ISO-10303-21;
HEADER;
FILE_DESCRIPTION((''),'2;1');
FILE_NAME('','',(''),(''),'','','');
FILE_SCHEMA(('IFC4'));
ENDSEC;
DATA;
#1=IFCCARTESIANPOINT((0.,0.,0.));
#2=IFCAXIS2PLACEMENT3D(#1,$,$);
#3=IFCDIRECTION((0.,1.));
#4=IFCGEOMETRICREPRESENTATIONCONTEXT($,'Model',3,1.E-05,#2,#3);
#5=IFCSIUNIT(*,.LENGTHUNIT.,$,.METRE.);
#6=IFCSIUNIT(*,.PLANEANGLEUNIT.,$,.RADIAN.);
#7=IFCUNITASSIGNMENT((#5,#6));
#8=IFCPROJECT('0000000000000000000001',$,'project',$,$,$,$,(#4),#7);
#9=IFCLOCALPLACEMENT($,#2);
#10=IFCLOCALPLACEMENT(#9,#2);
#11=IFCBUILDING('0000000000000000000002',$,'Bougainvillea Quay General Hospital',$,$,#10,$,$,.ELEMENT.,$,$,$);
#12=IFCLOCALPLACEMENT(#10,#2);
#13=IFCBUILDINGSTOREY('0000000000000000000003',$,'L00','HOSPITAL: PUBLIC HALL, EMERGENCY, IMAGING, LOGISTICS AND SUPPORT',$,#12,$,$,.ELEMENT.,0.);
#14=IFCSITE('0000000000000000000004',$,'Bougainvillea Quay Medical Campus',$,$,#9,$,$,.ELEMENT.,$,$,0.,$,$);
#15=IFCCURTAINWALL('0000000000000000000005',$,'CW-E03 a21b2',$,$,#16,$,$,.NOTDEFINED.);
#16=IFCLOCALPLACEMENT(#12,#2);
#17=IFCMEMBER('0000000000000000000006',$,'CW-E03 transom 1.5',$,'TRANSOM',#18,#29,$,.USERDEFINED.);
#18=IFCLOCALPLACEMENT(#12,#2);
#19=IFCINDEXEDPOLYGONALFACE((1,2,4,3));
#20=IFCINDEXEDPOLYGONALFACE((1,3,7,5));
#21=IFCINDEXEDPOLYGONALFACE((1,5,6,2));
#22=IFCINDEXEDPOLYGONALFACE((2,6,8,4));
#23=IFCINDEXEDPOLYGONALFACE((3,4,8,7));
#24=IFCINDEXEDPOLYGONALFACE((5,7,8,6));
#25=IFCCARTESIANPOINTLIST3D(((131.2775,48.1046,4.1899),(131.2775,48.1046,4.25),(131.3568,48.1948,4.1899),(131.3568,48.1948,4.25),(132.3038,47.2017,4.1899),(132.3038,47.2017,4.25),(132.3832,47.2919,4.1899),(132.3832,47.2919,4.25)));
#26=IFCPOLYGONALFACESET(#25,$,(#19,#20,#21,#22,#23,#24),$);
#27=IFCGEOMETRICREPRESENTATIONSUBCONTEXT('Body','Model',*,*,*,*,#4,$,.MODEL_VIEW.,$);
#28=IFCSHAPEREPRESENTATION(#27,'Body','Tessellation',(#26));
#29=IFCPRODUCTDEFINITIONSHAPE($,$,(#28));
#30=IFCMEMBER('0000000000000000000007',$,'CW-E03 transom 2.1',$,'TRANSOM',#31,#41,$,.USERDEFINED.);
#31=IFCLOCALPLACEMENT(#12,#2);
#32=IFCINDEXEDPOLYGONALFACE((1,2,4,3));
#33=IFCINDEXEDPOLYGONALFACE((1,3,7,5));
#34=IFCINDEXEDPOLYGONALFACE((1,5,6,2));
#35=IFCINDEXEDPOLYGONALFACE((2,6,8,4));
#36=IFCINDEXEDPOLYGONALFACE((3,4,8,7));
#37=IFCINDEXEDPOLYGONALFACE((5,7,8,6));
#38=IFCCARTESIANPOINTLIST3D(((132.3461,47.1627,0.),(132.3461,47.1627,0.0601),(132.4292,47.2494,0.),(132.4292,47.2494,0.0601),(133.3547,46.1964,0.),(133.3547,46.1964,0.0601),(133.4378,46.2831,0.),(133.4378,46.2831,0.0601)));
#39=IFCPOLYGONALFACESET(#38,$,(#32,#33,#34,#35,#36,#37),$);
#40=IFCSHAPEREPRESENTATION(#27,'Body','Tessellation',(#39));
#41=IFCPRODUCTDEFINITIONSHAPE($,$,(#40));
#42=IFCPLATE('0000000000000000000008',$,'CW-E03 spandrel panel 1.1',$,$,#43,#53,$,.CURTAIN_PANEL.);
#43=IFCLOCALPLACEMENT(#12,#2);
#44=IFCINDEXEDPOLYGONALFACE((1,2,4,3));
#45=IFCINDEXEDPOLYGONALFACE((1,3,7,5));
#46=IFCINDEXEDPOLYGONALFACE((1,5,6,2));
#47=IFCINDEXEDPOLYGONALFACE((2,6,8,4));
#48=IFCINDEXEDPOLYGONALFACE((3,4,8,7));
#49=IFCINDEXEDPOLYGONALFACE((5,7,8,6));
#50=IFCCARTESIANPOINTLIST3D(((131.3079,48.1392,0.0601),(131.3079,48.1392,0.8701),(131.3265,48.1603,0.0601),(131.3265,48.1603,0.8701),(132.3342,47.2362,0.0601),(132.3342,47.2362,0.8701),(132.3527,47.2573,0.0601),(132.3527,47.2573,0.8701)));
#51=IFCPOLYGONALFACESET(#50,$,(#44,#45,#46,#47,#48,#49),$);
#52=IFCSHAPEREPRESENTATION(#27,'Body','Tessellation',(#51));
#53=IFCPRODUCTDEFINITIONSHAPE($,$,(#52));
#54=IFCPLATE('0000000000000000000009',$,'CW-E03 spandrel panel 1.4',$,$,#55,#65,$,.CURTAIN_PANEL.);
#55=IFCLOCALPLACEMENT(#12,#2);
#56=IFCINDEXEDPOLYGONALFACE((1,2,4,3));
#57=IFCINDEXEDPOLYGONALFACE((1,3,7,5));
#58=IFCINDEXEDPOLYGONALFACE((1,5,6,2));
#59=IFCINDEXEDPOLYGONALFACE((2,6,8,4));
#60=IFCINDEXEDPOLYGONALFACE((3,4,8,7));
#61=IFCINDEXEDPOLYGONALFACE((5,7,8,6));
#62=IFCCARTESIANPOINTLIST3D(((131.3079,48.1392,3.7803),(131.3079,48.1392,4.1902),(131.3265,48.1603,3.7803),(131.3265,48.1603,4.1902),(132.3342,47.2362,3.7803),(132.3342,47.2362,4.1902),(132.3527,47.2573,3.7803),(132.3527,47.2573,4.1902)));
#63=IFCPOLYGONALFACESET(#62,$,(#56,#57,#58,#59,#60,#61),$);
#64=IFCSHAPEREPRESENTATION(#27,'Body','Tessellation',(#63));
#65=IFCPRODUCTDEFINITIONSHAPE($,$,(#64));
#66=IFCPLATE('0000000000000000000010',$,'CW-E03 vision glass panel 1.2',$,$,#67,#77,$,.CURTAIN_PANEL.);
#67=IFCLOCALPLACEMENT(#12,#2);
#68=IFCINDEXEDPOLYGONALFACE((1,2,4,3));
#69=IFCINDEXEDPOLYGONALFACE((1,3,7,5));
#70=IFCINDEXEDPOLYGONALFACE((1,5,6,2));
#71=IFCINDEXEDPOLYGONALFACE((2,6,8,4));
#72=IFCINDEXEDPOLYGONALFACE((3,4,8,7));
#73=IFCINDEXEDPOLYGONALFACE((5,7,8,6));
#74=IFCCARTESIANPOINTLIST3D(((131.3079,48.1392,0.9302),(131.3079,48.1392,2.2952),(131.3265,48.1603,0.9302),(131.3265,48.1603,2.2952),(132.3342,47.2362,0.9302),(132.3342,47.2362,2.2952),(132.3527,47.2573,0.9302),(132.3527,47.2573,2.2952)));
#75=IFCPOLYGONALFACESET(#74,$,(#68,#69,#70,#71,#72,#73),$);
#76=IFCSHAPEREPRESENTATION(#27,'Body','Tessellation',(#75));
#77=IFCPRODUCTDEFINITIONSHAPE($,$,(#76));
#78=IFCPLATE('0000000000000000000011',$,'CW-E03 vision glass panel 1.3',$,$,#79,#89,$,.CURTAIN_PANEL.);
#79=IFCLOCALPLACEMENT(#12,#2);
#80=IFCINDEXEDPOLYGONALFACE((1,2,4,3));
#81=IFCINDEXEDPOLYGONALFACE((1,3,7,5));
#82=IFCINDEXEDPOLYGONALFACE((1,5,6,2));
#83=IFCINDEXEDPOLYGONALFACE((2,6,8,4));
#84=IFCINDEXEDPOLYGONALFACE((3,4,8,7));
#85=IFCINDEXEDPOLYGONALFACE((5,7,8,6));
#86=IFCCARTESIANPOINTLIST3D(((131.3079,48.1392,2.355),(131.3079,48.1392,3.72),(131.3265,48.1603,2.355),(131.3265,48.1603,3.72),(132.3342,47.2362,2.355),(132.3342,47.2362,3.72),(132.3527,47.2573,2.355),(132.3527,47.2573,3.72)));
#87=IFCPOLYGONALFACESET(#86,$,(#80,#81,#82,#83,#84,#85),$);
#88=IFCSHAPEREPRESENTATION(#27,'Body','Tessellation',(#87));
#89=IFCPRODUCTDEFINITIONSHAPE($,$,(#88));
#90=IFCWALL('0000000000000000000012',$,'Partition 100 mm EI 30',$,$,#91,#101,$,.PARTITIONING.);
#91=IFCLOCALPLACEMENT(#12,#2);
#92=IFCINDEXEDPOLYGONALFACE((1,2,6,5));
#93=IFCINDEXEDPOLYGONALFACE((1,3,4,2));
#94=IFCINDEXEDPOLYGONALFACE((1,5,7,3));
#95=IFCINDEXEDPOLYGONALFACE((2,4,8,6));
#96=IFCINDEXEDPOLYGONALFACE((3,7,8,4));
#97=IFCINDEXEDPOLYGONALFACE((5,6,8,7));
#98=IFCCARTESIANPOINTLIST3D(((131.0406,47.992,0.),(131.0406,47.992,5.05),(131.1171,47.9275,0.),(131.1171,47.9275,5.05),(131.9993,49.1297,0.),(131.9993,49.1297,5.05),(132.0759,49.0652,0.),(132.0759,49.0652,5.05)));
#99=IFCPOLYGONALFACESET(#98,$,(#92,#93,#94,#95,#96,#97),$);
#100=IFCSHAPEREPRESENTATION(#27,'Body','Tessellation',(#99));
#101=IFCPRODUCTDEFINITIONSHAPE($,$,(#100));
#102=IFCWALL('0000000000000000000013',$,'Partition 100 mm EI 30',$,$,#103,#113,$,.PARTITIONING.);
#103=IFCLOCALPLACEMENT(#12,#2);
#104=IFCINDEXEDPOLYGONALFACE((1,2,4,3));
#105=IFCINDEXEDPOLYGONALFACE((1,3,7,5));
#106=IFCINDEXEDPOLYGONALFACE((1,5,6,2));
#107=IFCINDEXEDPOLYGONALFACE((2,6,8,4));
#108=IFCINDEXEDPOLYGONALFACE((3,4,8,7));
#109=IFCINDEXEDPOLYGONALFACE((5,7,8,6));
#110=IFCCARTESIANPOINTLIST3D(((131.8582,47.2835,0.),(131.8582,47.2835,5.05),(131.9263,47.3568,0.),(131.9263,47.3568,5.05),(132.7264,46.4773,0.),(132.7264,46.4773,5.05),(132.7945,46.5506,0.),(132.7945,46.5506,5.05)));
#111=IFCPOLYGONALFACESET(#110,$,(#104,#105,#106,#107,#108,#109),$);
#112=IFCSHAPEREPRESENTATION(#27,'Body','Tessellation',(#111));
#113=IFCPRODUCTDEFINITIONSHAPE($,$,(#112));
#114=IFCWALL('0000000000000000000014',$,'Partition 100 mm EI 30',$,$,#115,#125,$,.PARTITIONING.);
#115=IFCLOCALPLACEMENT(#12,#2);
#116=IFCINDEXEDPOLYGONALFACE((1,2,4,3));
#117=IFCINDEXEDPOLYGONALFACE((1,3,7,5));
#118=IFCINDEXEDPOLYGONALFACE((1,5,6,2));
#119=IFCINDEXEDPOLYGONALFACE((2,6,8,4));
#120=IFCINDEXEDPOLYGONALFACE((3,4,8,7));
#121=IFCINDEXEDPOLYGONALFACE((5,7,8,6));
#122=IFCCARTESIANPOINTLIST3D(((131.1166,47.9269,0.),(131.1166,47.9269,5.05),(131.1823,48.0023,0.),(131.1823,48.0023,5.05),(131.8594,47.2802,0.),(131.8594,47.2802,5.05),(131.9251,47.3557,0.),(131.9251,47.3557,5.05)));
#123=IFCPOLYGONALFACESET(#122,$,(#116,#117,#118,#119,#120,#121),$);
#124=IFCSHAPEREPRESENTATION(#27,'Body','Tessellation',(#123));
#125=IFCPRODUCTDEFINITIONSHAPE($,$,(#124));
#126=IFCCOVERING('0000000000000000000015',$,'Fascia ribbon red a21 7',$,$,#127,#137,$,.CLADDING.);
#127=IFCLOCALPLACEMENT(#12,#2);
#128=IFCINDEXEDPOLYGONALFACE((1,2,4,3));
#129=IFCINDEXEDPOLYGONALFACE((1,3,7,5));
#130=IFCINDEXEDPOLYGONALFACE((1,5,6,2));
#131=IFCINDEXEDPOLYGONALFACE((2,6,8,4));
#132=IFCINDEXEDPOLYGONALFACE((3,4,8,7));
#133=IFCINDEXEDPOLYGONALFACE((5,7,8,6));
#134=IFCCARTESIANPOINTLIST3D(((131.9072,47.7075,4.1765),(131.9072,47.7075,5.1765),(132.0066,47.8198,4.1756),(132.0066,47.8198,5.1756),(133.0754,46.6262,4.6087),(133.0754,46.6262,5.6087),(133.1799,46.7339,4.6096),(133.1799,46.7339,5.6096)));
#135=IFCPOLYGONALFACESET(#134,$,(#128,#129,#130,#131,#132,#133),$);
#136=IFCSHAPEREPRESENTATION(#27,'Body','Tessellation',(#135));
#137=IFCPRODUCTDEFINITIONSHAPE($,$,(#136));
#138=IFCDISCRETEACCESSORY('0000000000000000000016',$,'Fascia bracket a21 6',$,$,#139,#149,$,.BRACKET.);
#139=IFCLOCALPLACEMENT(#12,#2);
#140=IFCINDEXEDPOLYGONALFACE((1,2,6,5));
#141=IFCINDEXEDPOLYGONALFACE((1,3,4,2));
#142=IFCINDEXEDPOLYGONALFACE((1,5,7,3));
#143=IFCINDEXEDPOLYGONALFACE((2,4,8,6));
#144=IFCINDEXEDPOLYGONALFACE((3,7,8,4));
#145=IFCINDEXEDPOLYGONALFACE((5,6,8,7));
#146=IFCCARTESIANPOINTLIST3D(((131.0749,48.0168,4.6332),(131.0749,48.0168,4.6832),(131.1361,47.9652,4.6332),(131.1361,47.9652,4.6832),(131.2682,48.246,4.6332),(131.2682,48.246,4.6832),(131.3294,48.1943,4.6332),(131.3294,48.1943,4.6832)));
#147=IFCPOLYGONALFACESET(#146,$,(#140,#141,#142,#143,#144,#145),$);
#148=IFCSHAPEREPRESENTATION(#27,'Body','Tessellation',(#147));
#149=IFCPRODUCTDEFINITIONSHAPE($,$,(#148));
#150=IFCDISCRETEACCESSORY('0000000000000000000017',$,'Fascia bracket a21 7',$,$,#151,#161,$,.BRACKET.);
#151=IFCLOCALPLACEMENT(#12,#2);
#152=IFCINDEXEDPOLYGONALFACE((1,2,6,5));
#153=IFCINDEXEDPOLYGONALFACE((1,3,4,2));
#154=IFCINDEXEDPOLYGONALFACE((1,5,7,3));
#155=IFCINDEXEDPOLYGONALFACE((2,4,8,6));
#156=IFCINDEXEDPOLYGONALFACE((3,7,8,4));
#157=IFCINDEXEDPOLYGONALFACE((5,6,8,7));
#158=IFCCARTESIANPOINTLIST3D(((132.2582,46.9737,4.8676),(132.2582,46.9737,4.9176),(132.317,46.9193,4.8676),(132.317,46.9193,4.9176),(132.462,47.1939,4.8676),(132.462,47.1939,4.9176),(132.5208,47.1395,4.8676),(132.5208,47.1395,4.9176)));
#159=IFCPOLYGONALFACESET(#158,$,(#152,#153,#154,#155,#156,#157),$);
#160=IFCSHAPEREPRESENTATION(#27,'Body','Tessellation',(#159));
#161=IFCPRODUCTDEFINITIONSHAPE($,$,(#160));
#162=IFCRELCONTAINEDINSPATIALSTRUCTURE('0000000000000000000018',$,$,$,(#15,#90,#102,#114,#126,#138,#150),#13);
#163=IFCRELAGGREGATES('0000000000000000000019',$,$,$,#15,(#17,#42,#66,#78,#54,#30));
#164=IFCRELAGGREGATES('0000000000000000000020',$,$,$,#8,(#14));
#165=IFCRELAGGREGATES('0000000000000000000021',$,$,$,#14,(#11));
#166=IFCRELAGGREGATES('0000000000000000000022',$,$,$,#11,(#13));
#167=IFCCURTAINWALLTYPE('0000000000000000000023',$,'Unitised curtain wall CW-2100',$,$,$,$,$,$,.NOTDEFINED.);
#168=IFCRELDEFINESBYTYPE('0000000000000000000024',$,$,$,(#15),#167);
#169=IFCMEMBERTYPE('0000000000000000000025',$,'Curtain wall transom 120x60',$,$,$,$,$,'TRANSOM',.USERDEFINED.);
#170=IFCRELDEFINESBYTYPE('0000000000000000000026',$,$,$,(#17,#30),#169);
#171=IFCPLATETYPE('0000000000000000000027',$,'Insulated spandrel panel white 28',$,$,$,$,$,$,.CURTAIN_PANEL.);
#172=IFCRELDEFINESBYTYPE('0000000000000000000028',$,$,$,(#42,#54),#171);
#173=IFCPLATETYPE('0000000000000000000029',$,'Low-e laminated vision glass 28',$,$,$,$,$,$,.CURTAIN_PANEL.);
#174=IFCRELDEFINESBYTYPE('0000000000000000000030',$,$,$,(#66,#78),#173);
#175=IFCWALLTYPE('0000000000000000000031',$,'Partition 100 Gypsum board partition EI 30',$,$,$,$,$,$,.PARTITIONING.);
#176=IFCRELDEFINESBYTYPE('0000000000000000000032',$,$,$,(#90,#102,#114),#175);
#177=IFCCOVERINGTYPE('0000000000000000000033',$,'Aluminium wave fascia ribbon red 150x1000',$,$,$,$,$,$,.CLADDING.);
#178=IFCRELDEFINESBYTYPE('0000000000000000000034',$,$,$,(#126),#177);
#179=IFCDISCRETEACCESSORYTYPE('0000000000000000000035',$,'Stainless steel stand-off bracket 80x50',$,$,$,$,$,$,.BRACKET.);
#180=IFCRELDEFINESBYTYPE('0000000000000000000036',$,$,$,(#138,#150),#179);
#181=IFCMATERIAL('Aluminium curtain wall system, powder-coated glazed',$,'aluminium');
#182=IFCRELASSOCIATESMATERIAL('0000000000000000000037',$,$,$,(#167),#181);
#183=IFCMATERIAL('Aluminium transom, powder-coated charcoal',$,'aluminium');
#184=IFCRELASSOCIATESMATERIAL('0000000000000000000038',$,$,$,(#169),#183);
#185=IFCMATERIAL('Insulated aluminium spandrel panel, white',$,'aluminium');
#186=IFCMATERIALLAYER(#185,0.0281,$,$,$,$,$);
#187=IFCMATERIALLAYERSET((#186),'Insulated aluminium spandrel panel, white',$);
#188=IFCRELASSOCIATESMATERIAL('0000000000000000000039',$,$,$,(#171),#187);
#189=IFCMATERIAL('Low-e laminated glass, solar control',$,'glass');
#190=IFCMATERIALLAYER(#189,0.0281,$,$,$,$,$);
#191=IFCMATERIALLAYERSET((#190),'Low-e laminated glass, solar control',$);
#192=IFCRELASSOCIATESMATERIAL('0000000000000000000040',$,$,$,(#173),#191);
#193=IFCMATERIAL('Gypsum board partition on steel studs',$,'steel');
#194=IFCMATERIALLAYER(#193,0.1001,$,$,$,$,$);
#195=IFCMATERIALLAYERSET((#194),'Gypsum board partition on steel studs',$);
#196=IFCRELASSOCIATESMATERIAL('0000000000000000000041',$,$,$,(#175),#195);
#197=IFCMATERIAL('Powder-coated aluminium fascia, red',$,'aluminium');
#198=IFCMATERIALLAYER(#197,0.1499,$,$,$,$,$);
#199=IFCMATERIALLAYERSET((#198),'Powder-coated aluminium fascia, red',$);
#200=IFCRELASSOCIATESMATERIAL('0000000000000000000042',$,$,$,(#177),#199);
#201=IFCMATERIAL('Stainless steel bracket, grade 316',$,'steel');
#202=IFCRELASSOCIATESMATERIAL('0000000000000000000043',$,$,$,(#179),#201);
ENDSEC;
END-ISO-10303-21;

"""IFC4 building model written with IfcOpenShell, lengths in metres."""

from ifc_helpers import new_model, si_unit, direction, frame, frame_2d, origin, origin_2d, place, context, subcontext, project, spatial, polyline, rectangle, outline, extrude, material, layer, layer_set, material_profile, profile_set, type_object, element, aggregate, save


model = new_model("IFC4")

# Units and contexts
model_context = context("Model", 3, precision=1e-05, world=origin(), true_north=direction((0.0, 1.0)))
body_context = subcontext(model_context, "Body", "Model", "MODEL_VIEW")
ifc_project = project(units=[si_unit("LENGTHUNIT", "METRE"), si_unit("PLANEANGLEUNIT", "RADIAN")], contexts=[model_context])

# Site, building, storey
site_placement = place(None, origin())
site = spatial("IfcSite", under=ifc_project, at=site_placement, Name="Bougainvillea Quay Medical Campus", CompositionType="ELEMENT", RefElevation=0.0)
building_placement = place(site_placement, origin())
building = spatial("IfcBuilding", under=site, at=building_placement, Name="Bougainvillea Quay General Hospital", CompositionType="ELEMENT")
storey_placement = place(building_placement, origin())
storey = spatial("IfcBuildingStorey", under=building, at=storey_placement, Name="L00", Description="HOSPITAL: PUBLIC HALL, EMERGENCY, IMAGING, LOGISTICS AND SUPPORT", CompositionType="ELEMENT", Elevation=0.0)

# Shared definitions
ifc_material_1 = material(Name="Aluminium curtain wall system, powder-coated glazed", Category="aluminium")
curtain_wall_type = type_object("IfcCurtainWallType", Name="Unitised curtain wall CW-2100", PredefinedType="NOTDEFINED", material=ifc_material_1)

# Curtain wall, members, plates
curtain_wall_1_placement = place(storey_placement, origin())
curtain_wall_1 = element("IfcCurtainWall", 1, at=curtain_wall_1_placement, inside=storey, type_object=curtain_wall_type, Name="CW-E03 a21b2", PredefinedType="NOTDEFINED")
ifc_material_2 = material(Name="Aluminium transom, powder-coated charcoal", Category="aluminium")
ifc_material_profile_1 = material_profile(ifc_material_2, rectangle(XDim=0.1201, YDim=0.0601, at=origin_2d()))
ifc_profile_set_1 = profile_set([ifc_material_profile_1], Name="Aluminium transom, powder-coated charcoal")
member_type_1 = type_object("IfcMemberType", Name="Curtain wall transom 120x60", ElementType="TRANSOM", PredefinedType="USERDEFINED", material=ifc_profile_set_1)
member_1_placement = place(storey_placement, frame((131.3171, 48.1497, 4.22), z_axis=(0.750848, -0.660475, 0.0), x_axis=(0.660475, 0.750848, 0.0)))
member_1 = element("IfcMember", 2, at=member_1_placement, type_object=member_type_1, Name="CW-E03 transom 1.5", ObjectType="TRANSOM", PredefinedType="USERDEFINED", context=body_context, shape_type="SweptSolid", body=[
    extrude(rectangle(XDim=0.1201, YDim=0.0601, at=origin_2d()), origin(), (0.0, 0.0, 1.0), 1.3669),
])
member_2_placement = place(storey_placement, frame((132.3877, 47.2061, 0.03), z_axis=(0.722065, -0.691826, 0.0), x_axis=(0.691826, 0.722065, 0.0)))
member_2 = element("IfcMember", 3, at=member_2_placement, type_object=member_type_1, Name="CW-E03 transom 2.1", ObjectType="TRANSOM", PredefinedType="USERDEFINED", context=body_context, shape_type="SweptSolid", body=[
    extrude(rectangle(XDim=0.1201, YDim=0.0601, at=origin_2d()), origin(), (0.0, 0.0, 1.0), 1.3967),
])
ifc_material_3 = material(Name="Insulated aluminium spandrel panel, white", Category="aluminium")
ifc_layer_1 = layer(ifc_material_3, 0.0281)
ifc_layer_set_1 = layer_set([ifc_layer_1], Name="Insulated aluminium spandrel panel, white")
plate_type_1 = type_object("IfcPlateType", Name="Insulated spandrel panel white 28", PredefinedType="CURTAIN_PANEL", material=ifc_layer_set_1)
plate_1_placement = place(storey_placement, frame((131.8303, 47.6982, 0.0601), z_axis=(0.0, 0.0, 1.0), x_axis=(0.750772, -0.660561, 0.0)))
plate_1 = element("IfcPlate", 4, at=plate_1_placement, type_object=plate_type_1, Name="CW-E03 spandrel panel 1.1", PredefinedType="CURTAIN_PANEL", context=body_context, shape_type="SweptSolid", body=[
    extrude(rectangle(XDim=1.3669, YDim=0.0281, at=origin_2d()), origin(), (0.0, 0.0, 1.0), 0.8101),
])
plate_2_placement = place(storey_placement, frame((131.8303, 47.6982, 3.7803), z_axis=(0.0, 0.0, 1.0), x_axis=(0.750772, -0.660561, 0.0)))
plate_2 = element("IfcPlate", 5, at=plate_2_placement, type_object=plate_type_1, Name="CW-E03 spandrel panel 1.4", PredefinedType="CURTAIN_PANEL", context=body_context, shape_type="SweptSolid", body=[
    extrude(rectangle(XDim=1.3669, YDim=0.0281, at=origin_2d()), origin(), (0.0, 0.0, 1.0), 0.4099),
])
ifc_material_4 = material(Name="Low-e laminated glass, solar control", Category="glass")
ifc_layer_2 = layer(ifc_material_4, 0.0281)
ifc_layer_set_2 = layer_set([ifc_layer_2], Name="Low-e laminated glass, solar control")
plate_type_2 = type_object("IfcPlateType", Name="Low-e laminated vision glass 28", PredefinedType="CURTAIN_PANEL", material=ifc_layer_set_2)
plate_3_placement = place(storey_placement, frame((131.8303, 47.6982, 0.9302), z_axis=(0.0, 0.0, 1.0), x_axis=(0.750772, -0.660561, 0.0)))
plate_3 = element("IfcPlate", 6, at=plate_3_placement, type_object=plate_type_2, Name="CW-E03 vision glass panel 1.2", PredefinedType="CURTAIN_PANEL", context=body_context, shape_type="SweptSolid", body=[
    extrude(rectangle(XDim=1.3669, YDim=0.0281, at=origin_2d()), origin(), (0.0, 0.0, 1.0), 1.365),
])
plate_4_placement = place(storey_placement, frame((131.8303, 47.6982, 2.355), z_axis=(0.0, 0.0, 1.0), x_axis=(0.750772, -0.660561, 0.0)))
plate_4 = element("IfcPlate", 7, at=plate_4_placement, type_object=plate_type_2, Name="CW-E03 vision glass panel 1.3", PredefinedType="CURTAIN_PANEL", context=body_context, shape_type="SweptSolid", body=[
    extrude(rectangle(XDim=1.3669, YDim=0.0281, at=origin_2d()), origin(), (0.0, 0.0, 1.0), 1.365),
])
aggregate(curtain_wall_1, [member_1, plate_1, plate_3, plate_4, plate_2, member_2])

# Walls
ifc_material_5 = material(Name="Gypsum board partition on steel studs", Category="steel")
ifc_layer_3 = layer(ifc_material_5, 0.1001)
ifc_layer_set_3 = layer_set([ifc_layer_3], Name="Gypsum board partition on steel studs")
wall_type = type_object("IfcWallType", Name="Partition 100 Gypsum board partition EI 30", PredefinedType="PARTITIONING", material=ifc_layer_set_3)
wall_1_placement = place(storey_placement, frame((131.0789, 47.9597, 0.0), z_axis=(0.0, 0.0, 1.0), x_axis=(0.644404, 0.764686, 0.0)))
element("IfcWall", 8, at=wall_1_placement, inside=storey, type_object=wall_type, Name="Partition 100 mm EI 30", PredefinedType="PARTITIONING", context=body_context, shape_type="SweptSolid", body=[
    extrude(rectangle(XDim=1.4878, YDim=0.1001, at=frame_2d((0.7439, 0.0))), origin(), (0.0, 0.0, 1.0), 5.05),
])
wall_2_placement = place(storey_placement, frame((131.8923, 47.3201, 0.0), z_axis=(0.0, 0.0, 1.0), x_axis=(0.732793, -0.680451, 0.0)))
element("IfcWall", 9, at=wall_2_placement, inside=storey, type_object=wall_type, Name="Partition 100 mm EI 30", PredefinedType="PARTITIONING", context=body_context, shape_type="SweptSolid", body=[
    extrude(rectangle(XDim=1.1848, YDim=0.1001, at=frame_2d((0.5923, 0.0))), origin(), (0.0, 0.0, 1.0), 5.05),
])
wall_3_placement = place(storey_placement, frame((131.1494, 47.9646, 0.0), z_axis=(0.0, 0.0, 1.0), x_axis=(0.754248, -0.65659, 0.0)))
element("IfcWall", 10, at=wall_3_placement, inside=storey, type_object=wall_type, Name="Partition 100 mm EI 30", PredefinedType="PARTITIONING", context=body_context, shape_type="SweptSolid", body=[
    extrude(rectangle(XDim=0.9849, YDim=0.1001, at=frame_2d((0.4924, 0.0))), origin(), (0.0, 0.0, 1.0), 5.05),
])

# Covering
ifc_material_6 = material(Name="Powder-coated aluminium fascia, red", Category="aluminium")
ifc_layer_4 = layer(ifc_material_6, 0.1499)
ifc_layer_set_4 = layer_set([ifc_layer_4], Name="Powder-coated aluminium fascia, red")
covering_type = type_object("IfcCoveringType", Name="Aluminium wave fascia ribbon red 150x1000", PredefinedType="CLADDING", material=ifc_layer_set_4)
covering_placement = place(storey_placement, frame((131.9072, 47.7075, 4.1765), z_axis=(-0.192171, 0.178094, 0.965066), x_axis=(0.708242, -0.65555, 0.262006)))
element("IfcCovering", 11, at=covering_placement, inside=storey, type_object=covering_type, Name="Fascia ribbon red a21 7", PredefinedType="CLADDING", context=body_context, shape_type="SweptSolid", body=[
    extrude(outline(polyline([(0.0, 0.0), (1.6494, 0.0), (1.6531, 0.15), (-0.0035, 0.1499), (0.0, 0.0)])), origin(), (0.262006, -0.000156, 0.965066), 1.0),
])

# Discrete accessories
ifc_material_7 = material(Name="Stainless steel bracket, grade 316", Category="steel")
ifc_material_profile_2 = material_profile(ifc_material_7, rectangle(XDim=0.0801, YDim=0.05, at=origin_2d()))
ifc_profile_set_2 = profile_set([ifc_material_profile_2], Name="Stainless steel bracket, grade 316")
discrete_accessory_type = type_object("IfcDiscreteAccessoryType", Name="Stainless steel stand-off bracket 80x50", PredefinedType="BRACKET", material=ifc_profile_set_2)
discrete_accessory_1_placement = place(storey_placement, frame((131.1055, 47.991, 4.6582), z_axis=(0.644737, 0.764404, 0.0), x_axis=(-0.764404, 0.644737, 0.0)))
element("IfcDiscreteAccessory", 12, at=discrete_accessory_1_placement, inside=storey, type_object=discrete_accessory_type, Name="Fascia bracket a21 6", PredefinedType="BRACKET", context=body_context, shape_type="SweptSolid", body=[
    extrude(rectangle(XDim=0.0801, YDim=0.05, at=origin_2d()), origin(), (0.0, 0.0, 1.0), 0.2998),
])
discrete_accessory_2_placement = place(storey_placement, frame((132.2876, 46.9465, 4.8926), z_axis=(0.679327, 0.733836, 0.0), x_axis=(-0.733836, 0.679327, 0.0)))
element("IfcDiscreteAccessory", 13, at=discrete_accessory_2_placement, inside=storey, type_object=discrete_accessory_type, Name="Fascia bracket a21 7", PredefinedType="BRACKET", context=body_context, shape_type="SweptSolid", body=[
    extrude(rectangle(XDim=0.0801, YDim=0.05, at=origin_2d()), origin(), (0.0, 0.0, 1.0), 0.3),
])

save(model, "model.ifc")
